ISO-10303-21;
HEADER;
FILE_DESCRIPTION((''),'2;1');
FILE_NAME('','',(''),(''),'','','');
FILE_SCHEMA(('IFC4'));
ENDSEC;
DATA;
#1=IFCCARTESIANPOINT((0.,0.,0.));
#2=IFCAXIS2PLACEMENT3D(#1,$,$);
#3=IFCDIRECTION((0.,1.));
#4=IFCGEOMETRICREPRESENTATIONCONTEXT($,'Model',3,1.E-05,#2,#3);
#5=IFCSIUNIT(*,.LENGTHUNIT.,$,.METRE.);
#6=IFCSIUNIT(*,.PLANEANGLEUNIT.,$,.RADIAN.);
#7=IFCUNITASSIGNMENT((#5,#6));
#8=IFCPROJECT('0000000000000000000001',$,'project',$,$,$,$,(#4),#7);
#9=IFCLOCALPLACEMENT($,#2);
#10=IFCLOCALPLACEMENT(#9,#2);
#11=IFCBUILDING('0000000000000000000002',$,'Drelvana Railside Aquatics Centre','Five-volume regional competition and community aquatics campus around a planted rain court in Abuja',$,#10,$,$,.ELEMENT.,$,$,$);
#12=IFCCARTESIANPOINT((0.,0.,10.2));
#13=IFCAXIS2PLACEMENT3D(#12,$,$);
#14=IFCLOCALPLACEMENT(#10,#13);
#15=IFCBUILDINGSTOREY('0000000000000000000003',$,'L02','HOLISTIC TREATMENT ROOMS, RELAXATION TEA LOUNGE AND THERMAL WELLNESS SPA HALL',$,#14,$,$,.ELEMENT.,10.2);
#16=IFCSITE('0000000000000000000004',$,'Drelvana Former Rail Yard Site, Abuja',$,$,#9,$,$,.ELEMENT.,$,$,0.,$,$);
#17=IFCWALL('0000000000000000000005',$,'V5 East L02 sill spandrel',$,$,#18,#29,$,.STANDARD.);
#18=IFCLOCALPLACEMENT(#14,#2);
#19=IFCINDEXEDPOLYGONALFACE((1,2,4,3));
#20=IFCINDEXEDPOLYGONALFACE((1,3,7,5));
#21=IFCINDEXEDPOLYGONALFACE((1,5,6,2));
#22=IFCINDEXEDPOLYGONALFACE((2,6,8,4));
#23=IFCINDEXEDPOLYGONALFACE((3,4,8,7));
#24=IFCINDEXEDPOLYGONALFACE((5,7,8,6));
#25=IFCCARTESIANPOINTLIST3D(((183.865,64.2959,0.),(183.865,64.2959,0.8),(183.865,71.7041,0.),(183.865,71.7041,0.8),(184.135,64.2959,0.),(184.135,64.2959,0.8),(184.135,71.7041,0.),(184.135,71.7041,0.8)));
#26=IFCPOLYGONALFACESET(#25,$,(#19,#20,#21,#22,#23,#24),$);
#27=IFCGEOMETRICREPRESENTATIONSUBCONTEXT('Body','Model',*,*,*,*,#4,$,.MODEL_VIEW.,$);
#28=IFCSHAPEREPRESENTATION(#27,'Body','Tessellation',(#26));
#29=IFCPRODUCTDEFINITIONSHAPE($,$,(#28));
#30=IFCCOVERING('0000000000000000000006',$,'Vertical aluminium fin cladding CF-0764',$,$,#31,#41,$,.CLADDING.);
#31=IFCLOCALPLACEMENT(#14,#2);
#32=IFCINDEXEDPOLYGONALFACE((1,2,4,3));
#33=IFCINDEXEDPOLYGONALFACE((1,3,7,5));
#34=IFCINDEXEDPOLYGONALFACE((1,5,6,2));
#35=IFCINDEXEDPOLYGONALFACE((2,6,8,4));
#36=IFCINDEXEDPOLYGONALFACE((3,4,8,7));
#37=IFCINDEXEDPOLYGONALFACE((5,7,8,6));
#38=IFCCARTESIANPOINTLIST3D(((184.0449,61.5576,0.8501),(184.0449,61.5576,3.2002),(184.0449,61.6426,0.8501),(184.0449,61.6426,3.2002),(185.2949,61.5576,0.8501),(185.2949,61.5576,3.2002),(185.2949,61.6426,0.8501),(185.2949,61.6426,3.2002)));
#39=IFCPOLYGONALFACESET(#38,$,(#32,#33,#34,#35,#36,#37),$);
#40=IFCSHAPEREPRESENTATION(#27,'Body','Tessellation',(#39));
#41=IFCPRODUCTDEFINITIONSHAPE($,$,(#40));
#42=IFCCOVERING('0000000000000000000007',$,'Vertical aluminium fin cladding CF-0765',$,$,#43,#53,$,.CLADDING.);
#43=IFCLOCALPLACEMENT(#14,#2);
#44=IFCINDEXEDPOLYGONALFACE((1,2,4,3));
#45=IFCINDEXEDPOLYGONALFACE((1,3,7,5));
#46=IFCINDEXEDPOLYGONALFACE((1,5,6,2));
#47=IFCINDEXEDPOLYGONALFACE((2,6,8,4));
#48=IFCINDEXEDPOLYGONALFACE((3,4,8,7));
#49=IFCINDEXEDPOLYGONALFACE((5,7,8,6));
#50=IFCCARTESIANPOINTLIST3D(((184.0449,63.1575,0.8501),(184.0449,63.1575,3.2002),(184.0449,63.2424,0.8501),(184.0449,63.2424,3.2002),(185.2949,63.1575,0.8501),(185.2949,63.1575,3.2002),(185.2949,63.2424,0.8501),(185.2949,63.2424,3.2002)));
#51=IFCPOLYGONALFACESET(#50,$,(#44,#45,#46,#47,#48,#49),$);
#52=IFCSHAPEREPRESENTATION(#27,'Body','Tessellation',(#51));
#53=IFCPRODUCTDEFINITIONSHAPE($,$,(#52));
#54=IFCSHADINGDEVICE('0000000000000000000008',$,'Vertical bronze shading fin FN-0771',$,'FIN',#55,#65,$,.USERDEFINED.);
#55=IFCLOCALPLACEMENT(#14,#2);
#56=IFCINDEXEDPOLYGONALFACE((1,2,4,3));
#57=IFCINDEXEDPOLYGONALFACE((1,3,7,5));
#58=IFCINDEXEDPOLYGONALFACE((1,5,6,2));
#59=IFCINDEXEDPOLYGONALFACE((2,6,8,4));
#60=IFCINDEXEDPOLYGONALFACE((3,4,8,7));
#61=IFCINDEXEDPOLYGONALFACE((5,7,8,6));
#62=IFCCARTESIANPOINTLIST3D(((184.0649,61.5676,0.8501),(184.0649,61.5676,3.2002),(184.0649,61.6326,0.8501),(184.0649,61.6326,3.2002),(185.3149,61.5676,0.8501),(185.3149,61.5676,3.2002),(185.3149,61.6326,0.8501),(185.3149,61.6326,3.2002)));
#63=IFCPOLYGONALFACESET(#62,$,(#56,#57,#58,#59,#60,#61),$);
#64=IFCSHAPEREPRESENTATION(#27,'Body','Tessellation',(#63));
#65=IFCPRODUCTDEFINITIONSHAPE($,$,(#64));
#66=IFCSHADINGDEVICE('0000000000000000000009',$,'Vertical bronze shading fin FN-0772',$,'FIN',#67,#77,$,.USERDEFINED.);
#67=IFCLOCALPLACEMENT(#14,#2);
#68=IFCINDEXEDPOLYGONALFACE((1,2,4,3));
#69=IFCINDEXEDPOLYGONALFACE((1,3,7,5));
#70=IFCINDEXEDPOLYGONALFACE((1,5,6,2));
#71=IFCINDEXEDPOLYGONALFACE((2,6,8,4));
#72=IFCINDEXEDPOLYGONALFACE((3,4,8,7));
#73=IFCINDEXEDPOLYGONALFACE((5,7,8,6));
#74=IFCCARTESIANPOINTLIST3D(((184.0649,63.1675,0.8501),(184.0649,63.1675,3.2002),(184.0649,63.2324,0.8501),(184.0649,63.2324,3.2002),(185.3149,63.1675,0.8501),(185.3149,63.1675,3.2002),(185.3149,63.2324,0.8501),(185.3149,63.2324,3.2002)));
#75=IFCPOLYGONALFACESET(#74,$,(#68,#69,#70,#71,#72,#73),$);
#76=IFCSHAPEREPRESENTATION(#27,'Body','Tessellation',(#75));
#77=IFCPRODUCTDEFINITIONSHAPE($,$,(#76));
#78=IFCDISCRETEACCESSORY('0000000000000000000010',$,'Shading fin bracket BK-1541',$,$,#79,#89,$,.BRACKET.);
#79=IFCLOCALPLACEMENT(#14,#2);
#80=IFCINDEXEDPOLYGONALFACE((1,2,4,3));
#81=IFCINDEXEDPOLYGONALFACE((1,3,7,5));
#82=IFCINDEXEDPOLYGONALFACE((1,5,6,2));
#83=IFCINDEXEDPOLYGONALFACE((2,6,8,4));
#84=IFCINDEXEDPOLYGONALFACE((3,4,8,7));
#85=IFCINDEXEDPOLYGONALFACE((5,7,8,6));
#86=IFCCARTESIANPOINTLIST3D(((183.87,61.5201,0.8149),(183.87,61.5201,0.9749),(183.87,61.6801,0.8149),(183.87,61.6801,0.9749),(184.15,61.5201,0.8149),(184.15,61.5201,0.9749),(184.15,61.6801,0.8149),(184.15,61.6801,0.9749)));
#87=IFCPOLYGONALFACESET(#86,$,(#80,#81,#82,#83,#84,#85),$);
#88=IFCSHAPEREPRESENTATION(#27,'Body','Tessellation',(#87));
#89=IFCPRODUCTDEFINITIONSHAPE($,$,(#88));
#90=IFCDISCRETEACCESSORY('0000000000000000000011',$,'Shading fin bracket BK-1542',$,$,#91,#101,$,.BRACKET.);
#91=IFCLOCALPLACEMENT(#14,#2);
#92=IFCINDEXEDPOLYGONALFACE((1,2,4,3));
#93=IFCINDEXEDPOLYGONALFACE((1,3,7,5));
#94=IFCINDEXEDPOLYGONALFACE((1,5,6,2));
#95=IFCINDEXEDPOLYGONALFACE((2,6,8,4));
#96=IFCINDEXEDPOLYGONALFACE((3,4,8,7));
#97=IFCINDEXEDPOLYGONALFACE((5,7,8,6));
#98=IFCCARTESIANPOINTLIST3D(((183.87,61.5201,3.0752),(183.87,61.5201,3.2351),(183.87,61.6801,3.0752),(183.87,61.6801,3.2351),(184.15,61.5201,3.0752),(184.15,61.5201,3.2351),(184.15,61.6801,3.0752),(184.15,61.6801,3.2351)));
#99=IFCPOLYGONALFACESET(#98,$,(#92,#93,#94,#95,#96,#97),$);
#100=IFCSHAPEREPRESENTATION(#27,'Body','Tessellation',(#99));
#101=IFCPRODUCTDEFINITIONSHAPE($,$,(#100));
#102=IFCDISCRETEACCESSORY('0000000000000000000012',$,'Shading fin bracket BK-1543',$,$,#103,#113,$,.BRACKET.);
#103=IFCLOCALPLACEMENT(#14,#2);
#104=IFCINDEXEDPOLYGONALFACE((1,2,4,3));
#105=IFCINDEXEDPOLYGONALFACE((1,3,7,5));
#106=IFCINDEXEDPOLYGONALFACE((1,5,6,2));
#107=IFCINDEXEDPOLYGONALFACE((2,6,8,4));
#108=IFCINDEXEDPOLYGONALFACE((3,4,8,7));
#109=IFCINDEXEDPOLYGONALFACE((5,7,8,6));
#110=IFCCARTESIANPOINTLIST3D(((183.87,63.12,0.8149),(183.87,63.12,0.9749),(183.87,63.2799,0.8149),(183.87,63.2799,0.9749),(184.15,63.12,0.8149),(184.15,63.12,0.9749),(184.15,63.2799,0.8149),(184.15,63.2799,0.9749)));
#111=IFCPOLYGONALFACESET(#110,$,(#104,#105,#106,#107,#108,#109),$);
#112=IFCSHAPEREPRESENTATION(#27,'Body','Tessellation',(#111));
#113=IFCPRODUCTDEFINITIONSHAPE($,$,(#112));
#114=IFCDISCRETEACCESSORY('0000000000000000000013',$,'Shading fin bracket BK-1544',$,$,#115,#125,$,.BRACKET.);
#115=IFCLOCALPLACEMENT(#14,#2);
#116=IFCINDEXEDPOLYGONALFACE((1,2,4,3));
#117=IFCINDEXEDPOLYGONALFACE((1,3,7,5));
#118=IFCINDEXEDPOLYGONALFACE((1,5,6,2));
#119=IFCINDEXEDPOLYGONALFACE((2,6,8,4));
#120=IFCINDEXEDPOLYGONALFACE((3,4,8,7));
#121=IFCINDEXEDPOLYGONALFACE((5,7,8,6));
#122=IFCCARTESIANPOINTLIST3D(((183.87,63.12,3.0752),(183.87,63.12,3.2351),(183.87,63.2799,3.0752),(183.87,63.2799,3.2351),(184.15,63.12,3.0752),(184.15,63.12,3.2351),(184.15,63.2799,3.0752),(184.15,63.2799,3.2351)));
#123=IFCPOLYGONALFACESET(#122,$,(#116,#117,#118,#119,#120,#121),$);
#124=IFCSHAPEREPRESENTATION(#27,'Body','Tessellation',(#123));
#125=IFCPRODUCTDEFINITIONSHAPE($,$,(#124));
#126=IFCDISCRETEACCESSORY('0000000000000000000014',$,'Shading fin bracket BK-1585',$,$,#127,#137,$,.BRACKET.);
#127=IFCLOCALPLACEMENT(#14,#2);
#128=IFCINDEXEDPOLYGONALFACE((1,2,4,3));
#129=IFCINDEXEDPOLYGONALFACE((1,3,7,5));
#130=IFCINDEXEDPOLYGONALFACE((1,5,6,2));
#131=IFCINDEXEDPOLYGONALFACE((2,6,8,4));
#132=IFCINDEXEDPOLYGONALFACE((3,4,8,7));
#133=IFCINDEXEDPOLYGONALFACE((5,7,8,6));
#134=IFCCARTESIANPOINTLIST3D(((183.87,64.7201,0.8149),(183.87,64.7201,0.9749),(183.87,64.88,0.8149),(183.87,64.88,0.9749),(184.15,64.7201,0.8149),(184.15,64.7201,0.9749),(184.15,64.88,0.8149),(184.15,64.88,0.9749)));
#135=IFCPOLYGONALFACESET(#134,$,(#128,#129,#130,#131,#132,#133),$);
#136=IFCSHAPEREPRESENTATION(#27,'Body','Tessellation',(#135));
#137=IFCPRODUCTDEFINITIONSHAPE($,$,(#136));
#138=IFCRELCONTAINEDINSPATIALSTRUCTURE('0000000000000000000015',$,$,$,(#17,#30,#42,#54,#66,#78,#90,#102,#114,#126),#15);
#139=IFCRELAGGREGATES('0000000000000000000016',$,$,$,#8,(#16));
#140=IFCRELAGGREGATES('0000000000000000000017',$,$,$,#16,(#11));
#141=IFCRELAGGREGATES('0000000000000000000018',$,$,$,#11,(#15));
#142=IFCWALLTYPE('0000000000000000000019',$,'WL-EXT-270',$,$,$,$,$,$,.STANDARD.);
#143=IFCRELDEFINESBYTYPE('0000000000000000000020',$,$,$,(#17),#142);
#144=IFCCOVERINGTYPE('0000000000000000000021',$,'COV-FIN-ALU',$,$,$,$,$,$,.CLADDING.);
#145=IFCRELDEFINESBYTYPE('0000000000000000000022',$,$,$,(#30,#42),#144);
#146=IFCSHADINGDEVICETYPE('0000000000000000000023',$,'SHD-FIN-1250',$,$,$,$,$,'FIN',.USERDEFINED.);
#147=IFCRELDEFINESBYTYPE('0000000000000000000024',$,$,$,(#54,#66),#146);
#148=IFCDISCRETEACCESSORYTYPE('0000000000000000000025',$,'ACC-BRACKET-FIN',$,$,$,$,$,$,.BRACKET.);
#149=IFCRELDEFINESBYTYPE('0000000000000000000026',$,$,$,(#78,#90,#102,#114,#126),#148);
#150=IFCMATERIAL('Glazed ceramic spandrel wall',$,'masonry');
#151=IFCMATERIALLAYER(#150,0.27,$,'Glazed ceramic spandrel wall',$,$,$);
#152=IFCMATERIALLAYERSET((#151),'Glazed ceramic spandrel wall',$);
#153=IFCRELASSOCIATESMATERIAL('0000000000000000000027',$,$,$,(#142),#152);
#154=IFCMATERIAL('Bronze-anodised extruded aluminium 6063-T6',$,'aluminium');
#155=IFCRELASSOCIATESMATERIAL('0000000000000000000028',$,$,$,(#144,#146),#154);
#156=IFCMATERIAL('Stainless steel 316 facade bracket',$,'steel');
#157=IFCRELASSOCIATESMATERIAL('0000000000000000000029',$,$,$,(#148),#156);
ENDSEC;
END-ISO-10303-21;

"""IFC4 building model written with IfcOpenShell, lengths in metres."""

from ifc_helpers import new_model, si_unit, direction, frame, frame_2d, origin, origin_2d, place, context, subcontext, project, spatial, rectangle, extrude, material, layer, layer_set, type_object, element, save


model = new_model("IFC4")

# Units and contexts
model_context = context("Model", 3, precision=1e-05, world=origin(), true_north=direction((0.0, 1.0)))
body_context = subcontext(model_context, "Body", "Model", "MODEL_VIEW")
ifc_project = project(units=[si_unit("LENGTHUNIT", "METRE"), si_unit("PLANEANGLEUNIT", "RADIAN")], contexts=[model_context])

# Site, building, storey
site_placement = place(None, origin())
site = spatial("IfcSite", under=ifc_project, at=site_placement, Name="Drelvana Former Rail Yard Site, Abuja", CompositionType="ELEMENT", RefElevation=0.0)
building_placement = place(site_placement, origin())
building = spatial("IfcBuilding", under=site, at=building_placement, Name="Drelvana Railside Aquatics Centre", Description="Five-volume regional competition and community aquatics campus around a planted rain court in Abuja", CompositionType="ELEMENT")
storey_placement = place(building_placement, frame((0.0, 0.0, 10.2)))
storey = spatial("IfcBuildingStorey", under=building, at=storey_placement, Name="L02", Description="HOLISTIC TREATMENT ROOMS, RELAXATION TEA LOUNGE AND THERMAL WELLNESS SPA HALL", CompositionType="ELEMENT", Elevation=10.2)

# Wall
ifc_material_1 = material(Name="Glazed ceramic spandrel wall", Category="masonry")
ifc_layer_1 = layer(ifc_material_1, 0.27, Name="Glazed ceramic spandrel wall")
ifc_layer_set_1 = layer_set([ifc_layer_1], Name="Glazed ceramic spandrel wall")
wall_type = type_object("IfcWallType", Name="WL-EXT-270", PredefinedType="STANDARD", material=ifc_layer_set_1)
wall_placement = place(storey_placement, frame((184.0, 64.2959, 0.0), z_axis=(0.0, 0.0, 1.0), x_axis=(0.0, 1.0, 0.0)))
element("IfcWall", 1, at=wall_placement, inside=storey, type_object=wall_type, Name="V5 East L02 sill spandrel", PredefinedType="STANDARD", context=body_context, shape_type="SweptSolid", body=[
    extrude(rectangle(XDim=7.4082, YDim=0.27, at=frame_2d((3.7041, 0.0))), origin(), (0.0, 0.0, 1.0), 0.8),
])

# Coverings
ifc_material_2 = material(Name="Bronze-anodised extruded aluminium 6063-T6", Category="aluminium")
covering_type = type_object("IfcCoveringType", Name="COV-FIN-ALU", PredefinedType="CLADDING", material=ifc_material_2)
for number, where, z_axis, x_axis, name in (
    (2, (184.6699, 61.6001, 0.8501), (0.0, 0.0, 1.0), (0.0, -1.0, 0.0), "Vertical aluminium fin cladding CF-0764"),
    (3, (184.6699, 63.2, 0.8501), (0.0, 0.0, 1.0), (0.0, -1.0, 0.0), "Vertical aluminium fin cladding CF-0765"),
):
    element("IfcCovering", number, at=place(storey_placement, frame(where, z_axis=z_axis, x_axis=x_axis)), inside=storey, type_object=covering_type, Name=name, PredefinedType="CLADDING", context=body_context, shape_type="SweptSolid", body=[
        extrude(rectangle(XDim=0.085, YDim=1.25, at=origin_2d()), origin(), (0.0, 0.0, 1.0), 2.3501),
    ])

# Shading devices
shading_device_type = type_object("IfcShadingDeviceType", Name="SHD-FIN-1250", ElementType="FIN", PredefinedType="USERDEFINED", material=ifc_material_2)
for number, where, z_axis, x_axis, name in (
    (4, (184.6899, 61.6001, 0.8501), (0.0, 0.0, 1.0), (1.0, 0.0, 0.0), "Vertical bronze shading fin FN-0771"),
    (5, (184.6899, 63.2, 0.8501), (0.0, 0.0, 1.0), (1.0, 0.0, 0.0), "Vertical bronze shading fin FN-0772"),
):
    element("IfcShadingDevice", number, at=place(storey_placement, frame(where, z_axis=z_axis, x_axis=x_axis)), inside=storey, type_object=shading_device_type, Name=name, ObjectType="FIN", PredefinedType="USERDEFINED", context=body_context, shape_type="SweptSolid", body=[
        extrude(rectangle(XDim=1.25, YDim=0.0649, at=origin_2d()), origin(), (0.0, 0.0, 1.0), 2.3501),
    ])

# Discrete accessories
ifc_material_3 = material(Name="Stainless steel 316 facade bracket", Category="steel")
discrete_accessory_type = type_object("IfcDiscreteAccessoryType", Name="ACC-BRACKET-FIN", PredefinedType="BRACKET", material=ifc_material_3)
for number, where, z_axis, x_axis, name in (
    (6, (184.01, 61.6001, 0.8149), (0.0, 0.0, 1.0), (1.0, 0.0, 0.0), "Shading fin bracket BK-1541"),
    (7, (184.01, 61.6001, 3.0752), (0.0, 0.0, 1.0), (1.0, 0.0, 0.0), "Shading fin bracket BK-1542"),
    (8, (184.01, 63.2, 0.8149), (0.0, 0.0, 1.0), (1.0, 0.0, 0.0), "Shading fin bracket BK-1543"),
    (9, (184.01, 63.2, 3.0752), (0.0, 0.0, 1.0), (1.0, 0.0, 0.0), "Shading fin bracket BK-1544"),
    (10, (184.01, 64.8, 0.8149), (0.0, 0.0, 1.0), (1.0, 0.0, 0.0), "Shading fin bracket BK-1585"),
):
    element("IfcDiscreteAccessory", number, at=place(storey_placement, frame(where, z_axis=z_axis, x_axis=x_axis)), inside=storey, type_object=discrete_accessory_type, Name=name, PredefinedType="BRACKET", context=body_context, shape_type="SweptSolid", body=[
        extrude(rectangle(XDim=0.28, YDim=0.1599, at=origin_2d()), origin(), (0.0, 0.0, 1.0), 0.1599),
    ])

save(model, "model.ifc")
